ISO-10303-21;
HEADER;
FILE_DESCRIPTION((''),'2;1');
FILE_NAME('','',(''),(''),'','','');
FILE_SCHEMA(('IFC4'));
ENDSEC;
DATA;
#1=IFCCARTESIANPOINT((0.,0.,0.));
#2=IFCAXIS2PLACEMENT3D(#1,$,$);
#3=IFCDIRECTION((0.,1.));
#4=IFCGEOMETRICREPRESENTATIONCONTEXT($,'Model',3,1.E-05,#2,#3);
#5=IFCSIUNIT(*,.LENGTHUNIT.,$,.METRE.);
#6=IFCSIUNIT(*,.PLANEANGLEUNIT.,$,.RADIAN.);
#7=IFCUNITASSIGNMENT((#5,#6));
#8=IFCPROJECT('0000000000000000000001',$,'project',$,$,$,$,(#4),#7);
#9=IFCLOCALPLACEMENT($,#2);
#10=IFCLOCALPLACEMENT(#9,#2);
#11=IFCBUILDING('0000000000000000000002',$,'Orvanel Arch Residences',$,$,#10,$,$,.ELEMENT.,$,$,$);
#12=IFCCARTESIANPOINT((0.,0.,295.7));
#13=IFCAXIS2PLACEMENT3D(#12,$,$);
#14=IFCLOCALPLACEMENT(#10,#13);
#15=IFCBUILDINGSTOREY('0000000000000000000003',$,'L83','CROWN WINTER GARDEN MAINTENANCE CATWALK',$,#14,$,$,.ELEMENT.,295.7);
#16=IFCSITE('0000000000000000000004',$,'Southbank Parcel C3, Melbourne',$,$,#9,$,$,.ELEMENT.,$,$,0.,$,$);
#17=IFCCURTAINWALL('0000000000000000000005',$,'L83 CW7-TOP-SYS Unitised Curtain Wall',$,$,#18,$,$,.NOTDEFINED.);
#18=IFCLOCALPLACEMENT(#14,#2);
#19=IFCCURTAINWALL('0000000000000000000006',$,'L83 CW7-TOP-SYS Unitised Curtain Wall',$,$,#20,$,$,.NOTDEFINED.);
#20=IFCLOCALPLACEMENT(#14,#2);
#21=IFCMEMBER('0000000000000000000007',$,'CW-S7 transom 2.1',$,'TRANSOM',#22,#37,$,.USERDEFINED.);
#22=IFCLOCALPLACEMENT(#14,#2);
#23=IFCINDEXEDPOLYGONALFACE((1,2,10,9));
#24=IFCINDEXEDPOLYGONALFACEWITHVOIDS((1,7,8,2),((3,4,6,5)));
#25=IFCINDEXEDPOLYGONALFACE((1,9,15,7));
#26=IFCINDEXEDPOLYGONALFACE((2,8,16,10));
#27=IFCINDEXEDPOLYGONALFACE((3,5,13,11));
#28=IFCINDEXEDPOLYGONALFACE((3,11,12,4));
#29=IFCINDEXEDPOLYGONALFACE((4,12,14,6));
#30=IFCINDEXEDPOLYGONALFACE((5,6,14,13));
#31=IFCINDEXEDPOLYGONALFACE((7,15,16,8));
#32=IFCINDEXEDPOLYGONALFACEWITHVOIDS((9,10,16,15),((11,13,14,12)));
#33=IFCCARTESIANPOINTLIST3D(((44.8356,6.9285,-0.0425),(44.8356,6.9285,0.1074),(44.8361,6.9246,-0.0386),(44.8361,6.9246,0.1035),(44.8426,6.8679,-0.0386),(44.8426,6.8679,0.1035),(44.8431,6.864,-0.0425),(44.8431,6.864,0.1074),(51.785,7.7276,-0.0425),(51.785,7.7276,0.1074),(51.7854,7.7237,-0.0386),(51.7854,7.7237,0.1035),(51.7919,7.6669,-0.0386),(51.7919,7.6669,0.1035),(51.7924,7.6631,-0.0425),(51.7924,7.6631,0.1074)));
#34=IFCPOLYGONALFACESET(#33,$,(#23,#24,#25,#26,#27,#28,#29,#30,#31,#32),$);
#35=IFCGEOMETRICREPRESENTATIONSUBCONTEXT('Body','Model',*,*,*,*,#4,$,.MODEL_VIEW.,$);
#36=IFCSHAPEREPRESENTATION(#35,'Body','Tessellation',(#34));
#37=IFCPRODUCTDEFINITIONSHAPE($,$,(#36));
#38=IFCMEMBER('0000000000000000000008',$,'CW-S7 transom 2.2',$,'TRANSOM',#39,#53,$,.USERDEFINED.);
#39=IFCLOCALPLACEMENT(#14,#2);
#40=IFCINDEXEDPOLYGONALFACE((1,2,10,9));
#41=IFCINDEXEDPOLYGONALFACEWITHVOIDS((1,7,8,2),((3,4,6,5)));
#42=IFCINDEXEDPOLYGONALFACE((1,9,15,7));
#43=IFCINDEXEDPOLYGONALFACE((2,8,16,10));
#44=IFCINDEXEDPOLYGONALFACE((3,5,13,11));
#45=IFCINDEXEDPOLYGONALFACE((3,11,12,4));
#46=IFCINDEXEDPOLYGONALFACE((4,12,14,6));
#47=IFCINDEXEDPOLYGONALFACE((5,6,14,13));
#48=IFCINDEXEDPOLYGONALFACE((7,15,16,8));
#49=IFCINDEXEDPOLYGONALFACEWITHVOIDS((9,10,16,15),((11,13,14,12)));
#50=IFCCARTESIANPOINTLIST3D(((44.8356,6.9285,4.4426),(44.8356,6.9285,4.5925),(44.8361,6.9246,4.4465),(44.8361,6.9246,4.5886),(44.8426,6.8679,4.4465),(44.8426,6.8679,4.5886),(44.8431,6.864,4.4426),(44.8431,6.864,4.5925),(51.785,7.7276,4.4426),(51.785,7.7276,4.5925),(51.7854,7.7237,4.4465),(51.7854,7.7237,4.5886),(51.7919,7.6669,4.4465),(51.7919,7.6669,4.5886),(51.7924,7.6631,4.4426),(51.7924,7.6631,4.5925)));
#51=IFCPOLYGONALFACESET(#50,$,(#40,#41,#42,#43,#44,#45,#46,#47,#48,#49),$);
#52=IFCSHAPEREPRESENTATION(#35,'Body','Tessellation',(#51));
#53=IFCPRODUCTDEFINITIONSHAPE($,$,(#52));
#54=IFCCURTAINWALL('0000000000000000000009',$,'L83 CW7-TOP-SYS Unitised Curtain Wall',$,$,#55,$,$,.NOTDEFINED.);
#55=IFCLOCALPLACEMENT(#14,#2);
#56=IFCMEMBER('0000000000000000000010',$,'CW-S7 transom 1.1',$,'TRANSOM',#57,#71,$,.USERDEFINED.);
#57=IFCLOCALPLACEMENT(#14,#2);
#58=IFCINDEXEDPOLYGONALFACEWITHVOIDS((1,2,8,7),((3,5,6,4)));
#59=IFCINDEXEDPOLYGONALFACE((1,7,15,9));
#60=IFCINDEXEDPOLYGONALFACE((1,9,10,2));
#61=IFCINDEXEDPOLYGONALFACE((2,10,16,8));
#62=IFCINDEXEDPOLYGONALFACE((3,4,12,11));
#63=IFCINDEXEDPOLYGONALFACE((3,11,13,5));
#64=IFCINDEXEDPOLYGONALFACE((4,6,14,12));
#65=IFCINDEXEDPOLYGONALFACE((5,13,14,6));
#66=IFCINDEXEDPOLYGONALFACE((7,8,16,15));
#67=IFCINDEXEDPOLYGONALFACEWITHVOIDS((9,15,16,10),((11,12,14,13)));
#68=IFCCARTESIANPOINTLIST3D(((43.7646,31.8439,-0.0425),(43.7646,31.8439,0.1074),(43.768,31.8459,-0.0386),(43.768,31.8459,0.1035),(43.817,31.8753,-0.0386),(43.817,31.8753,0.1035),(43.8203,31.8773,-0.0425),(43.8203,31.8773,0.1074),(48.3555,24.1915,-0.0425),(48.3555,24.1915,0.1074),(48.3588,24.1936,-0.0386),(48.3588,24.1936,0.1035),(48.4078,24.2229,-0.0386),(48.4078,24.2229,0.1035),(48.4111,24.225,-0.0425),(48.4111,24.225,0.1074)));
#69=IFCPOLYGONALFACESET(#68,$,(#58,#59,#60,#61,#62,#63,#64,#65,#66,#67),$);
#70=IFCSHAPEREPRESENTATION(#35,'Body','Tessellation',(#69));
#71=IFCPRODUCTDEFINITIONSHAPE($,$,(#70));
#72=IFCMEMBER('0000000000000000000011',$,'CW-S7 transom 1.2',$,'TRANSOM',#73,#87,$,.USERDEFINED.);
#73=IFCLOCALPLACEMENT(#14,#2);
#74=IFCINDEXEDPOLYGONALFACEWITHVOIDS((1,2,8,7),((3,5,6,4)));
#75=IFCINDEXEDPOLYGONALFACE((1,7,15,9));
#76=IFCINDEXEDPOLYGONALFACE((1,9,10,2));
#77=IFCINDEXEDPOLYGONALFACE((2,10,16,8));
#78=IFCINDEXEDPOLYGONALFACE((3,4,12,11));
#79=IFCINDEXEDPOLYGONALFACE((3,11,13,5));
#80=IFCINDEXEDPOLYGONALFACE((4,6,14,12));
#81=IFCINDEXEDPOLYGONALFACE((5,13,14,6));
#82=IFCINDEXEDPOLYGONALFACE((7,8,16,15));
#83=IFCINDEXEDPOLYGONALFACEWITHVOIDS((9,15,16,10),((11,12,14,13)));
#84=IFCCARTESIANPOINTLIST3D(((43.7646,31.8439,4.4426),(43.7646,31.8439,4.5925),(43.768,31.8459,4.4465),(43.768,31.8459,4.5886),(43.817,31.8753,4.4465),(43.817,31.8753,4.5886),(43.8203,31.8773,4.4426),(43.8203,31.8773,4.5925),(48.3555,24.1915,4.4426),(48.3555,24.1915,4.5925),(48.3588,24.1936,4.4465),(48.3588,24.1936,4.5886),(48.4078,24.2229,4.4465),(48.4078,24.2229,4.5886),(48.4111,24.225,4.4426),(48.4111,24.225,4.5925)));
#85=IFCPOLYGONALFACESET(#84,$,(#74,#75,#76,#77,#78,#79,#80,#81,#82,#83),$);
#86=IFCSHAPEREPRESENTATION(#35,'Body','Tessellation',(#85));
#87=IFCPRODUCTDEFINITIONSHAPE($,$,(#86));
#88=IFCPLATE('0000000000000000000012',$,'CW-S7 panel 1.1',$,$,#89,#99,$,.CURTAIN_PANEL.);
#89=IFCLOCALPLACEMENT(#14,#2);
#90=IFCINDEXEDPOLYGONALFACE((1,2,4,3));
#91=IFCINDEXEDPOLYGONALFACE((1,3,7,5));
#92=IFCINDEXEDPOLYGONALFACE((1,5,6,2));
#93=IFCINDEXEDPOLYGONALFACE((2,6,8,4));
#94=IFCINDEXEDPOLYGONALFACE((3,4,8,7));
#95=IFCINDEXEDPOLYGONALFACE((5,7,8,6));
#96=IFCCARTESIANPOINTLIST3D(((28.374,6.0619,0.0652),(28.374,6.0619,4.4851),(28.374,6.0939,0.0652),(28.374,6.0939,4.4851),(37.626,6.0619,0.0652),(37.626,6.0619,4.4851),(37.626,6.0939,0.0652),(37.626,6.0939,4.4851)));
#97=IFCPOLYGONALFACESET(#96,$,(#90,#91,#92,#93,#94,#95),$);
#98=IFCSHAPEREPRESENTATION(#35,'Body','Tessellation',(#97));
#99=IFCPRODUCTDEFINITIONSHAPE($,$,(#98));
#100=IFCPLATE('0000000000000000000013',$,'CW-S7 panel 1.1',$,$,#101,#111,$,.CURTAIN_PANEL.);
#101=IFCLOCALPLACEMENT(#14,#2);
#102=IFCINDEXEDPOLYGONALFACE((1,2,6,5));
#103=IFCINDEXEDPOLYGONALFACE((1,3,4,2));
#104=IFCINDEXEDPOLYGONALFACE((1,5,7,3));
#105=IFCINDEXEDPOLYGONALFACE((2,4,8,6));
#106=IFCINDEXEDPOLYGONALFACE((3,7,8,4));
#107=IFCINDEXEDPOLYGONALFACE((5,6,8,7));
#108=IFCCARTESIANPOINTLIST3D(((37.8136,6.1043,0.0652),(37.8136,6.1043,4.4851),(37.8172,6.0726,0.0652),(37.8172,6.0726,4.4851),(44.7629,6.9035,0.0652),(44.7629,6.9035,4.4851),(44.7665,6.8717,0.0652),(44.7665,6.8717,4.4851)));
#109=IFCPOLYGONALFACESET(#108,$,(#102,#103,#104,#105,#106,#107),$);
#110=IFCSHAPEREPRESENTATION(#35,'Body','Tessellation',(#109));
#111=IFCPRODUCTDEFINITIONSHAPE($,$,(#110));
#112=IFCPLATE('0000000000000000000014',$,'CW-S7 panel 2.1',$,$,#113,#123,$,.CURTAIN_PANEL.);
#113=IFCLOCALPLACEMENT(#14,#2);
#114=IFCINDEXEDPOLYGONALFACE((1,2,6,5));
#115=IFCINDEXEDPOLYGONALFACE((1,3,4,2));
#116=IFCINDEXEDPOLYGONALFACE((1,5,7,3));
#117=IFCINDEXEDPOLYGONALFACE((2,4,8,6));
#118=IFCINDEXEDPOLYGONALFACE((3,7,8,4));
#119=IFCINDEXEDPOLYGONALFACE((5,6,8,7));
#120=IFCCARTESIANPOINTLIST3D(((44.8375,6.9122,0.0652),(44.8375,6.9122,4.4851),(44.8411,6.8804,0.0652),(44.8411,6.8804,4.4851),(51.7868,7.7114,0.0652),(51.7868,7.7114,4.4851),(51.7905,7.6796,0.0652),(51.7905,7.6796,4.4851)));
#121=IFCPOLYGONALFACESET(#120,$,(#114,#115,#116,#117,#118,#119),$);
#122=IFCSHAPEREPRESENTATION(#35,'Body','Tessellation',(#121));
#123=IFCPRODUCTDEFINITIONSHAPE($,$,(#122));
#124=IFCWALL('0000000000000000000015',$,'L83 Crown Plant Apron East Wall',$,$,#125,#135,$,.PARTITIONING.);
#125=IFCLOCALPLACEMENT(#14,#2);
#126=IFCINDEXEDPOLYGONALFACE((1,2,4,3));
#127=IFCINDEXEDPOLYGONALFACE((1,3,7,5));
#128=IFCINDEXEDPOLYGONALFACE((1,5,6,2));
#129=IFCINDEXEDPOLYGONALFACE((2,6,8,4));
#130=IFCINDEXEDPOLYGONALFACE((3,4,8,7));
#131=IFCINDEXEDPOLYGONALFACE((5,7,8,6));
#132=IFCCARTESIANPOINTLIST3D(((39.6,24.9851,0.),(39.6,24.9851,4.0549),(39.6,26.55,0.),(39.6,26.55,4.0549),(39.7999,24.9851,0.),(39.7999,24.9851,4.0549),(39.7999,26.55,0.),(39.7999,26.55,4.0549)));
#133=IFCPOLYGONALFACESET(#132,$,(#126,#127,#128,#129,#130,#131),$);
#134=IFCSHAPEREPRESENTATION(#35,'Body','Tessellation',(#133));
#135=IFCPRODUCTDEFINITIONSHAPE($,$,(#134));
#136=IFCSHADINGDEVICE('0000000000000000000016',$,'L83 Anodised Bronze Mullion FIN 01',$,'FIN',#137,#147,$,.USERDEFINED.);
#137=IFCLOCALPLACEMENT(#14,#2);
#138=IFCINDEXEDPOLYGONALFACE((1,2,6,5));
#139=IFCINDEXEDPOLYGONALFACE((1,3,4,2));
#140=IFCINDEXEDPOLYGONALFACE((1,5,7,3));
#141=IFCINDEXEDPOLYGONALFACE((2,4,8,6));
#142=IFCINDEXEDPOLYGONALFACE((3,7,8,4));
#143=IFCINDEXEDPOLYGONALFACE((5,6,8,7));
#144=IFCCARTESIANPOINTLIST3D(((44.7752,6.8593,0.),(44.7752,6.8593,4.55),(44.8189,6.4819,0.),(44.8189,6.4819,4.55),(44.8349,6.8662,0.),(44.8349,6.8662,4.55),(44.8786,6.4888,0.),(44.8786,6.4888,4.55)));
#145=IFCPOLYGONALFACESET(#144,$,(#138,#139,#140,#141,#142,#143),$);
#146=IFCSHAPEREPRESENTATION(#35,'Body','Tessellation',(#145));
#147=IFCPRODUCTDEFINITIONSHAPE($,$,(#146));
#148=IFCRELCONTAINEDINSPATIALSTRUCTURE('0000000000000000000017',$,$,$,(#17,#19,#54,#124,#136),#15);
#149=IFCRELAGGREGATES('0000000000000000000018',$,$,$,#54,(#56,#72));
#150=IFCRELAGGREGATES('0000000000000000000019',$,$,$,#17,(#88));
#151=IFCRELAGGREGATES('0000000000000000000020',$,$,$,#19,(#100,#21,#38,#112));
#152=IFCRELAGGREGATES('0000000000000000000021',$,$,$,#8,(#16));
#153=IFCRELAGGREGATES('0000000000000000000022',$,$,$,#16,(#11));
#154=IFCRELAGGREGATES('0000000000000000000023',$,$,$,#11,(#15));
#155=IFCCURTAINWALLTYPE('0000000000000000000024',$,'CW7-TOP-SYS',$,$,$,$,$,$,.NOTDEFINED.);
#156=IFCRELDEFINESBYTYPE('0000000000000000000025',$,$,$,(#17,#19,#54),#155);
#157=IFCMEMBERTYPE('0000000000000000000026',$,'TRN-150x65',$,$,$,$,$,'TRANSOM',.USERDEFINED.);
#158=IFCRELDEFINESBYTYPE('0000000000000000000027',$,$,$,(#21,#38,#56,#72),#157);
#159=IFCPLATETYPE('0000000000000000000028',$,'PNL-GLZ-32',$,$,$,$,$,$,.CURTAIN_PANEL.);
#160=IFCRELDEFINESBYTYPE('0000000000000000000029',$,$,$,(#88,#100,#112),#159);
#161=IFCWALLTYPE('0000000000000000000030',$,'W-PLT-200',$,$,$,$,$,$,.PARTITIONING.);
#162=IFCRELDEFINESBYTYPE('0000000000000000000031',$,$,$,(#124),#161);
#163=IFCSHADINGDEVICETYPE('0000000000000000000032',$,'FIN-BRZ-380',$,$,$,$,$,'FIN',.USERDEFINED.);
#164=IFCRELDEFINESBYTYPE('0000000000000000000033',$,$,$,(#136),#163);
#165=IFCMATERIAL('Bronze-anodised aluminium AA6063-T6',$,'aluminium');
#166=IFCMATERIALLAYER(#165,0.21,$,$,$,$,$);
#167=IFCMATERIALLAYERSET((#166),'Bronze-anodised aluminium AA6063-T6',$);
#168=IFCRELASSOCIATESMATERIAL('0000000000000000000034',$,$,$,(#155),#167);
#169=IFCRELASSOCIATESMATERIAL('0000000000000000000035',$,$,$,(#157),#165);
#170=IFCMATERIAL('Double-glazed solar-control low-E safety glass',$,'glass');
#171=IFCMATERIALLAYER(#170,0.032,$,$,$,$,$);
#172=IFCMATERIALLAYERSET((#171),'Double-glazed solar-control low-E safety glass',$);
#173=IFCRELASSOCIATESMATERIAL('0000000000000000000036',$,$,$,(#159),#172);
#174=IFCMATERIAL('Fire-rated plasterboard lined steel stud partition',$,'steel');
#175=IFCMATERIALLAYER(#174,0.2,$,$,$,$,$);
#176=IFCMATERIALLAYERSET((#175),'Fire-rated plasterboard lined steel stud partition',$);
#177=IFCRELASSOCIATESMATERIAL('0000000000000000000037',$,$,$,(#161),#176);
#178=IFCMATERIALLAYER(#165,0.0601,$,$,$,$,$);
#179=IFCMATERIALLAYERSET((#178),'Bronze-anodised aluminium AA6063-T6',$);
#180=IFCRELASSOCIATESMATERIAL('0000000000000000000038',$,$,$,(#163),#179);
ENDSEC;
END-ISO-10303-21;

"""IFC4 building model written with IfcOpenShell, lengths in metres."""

from ifc_helpers import new_model, si_unit, direction, frame, frame_2d, origin, origin_2d, place, context, subcontext, project, spatial, rectangle, hollow_rectangle, extrude, material, layer, layer_set, material_profile, profile_set, type_object, element, aggregate, save


model = new_model("IFC4")

# Units and contexts
model_context = context("Model", 3, precision=1e-05, world=origin(), true_north=direction((0.0, 1.0)))
body_context = subcontext(model_context, "Body", "Model", "MODEL_VIEW")
ifc_project = project(units=[si_unit("LENGTHUNIT", "METRE"), si_unit("PLANEANGLEUNIT", "RADIAN")], contexts=[model_context])

# Site, building, storey
site_placement = place(None, origin())
site = spatial("IfcSite", under=ifc_project, at=site_placement, Name="Southbank Parcel C3, Melbourne", CompositionType="ELEMENT", RefElevation=0.0)
building_placement = place(site_placement, origin())
building = spatial("IfcBuilding", under=site, at=building_placement, Name="Orvanel Arch Residences", CompositionType="ELEMENT")
storey_placement = place(building_placement, frame((0.0, 0.0, 295.7)))
storey = spatial("IfcBuildingStorey", under=building, at=storey_placement, Name="L83", Description="CROWN WINTER GARDEN MAINTENANCE CATWALK", CompositionType="ELEMENT", Elevation=295.7)

# Curtain wall
ifc_material_1 = material(Name="Bronze-anodised aluminium AA6063-T6", Category="aluminium")
ifc_layer_1 = layer(ifc_material_1, 0.21)
ifc_layer_set_1 = layer_set([ifc_layer_1], Name="Bronze-anodised aluminium AA6063-T6")
curtain_wall_type = type_object("IfcCurtainWallType", Name="CW7-TOP-SYS", PredefinedType="NOTDEFINED", material=ifc_layer_set_1)
curtain_wall_1_placement = place(storey_placement, origin())
curtain_wall_1 = element("IfcCurtainWall", 1, at=curtain_wall_1_placement, inside=storey, type_object=curtain_wall_type, Name="L83 CW7-TOP-SYS Unitised Curtain Wall", PredefinedType="NOTDEFINED")

# Curtain wall
curtain_wall_2_placement = place(storey_placement, origin())
curtain_wall_2 = element("IfcCurtainWall", 2, at=curtain_wall_2_placement, inside=storey, type_object=curtain_wall_type, Name="L83 CW7-TOP-SYS Unitised Curtain Wall", PredefinedType="NOTDEFINED")

# Members
ifc_material_profile_1 = material_profile(ifc_material_1, hollow_rectangle(XDim=0.0649, YDim=0.1499, WallThickness=0.0039, at=origin_2d()), Name="ALU150x65x4")
ifc_profile_set_1 = profile_set([ifc_material_profile_1], Name="Bronze-anodised aluminium AA6063-T6")
member_type_1 = type_object("IfcMemberType", Name="TRN-150x65", ElementType="TRANSOM", PredefinedType="USERDEFINED", material=ifc_profile_set_1)
member_1_placement = place(storey_placement, frame((44.8394, 6.8962, 0.0325), z_axis=(0.993454, 0.114235, 0.0), x_axis=(-0.114235, 0.993454, 0.0)))
member_1 = element("IfcMember", 3, at=member_1_placement, type_object=member_type_1, Name="CW-S7 transom 2.1", ObjectType="TRANSOM", PredefinedType="USERDEFINED", context=body_context, shape_type="SweptSolid", body=[
    extrude(hollow_rectangle(XDim=0.0649, YDim=0.1499, WallThickness=0.0039, at=origin_2d()), origin(), (0.0, 0.0, 1.0), 6.9951),
])
member_2_placement = place(storey_placement, frame((44.8394, 6.8962, 4.5176), z_axis=(0.993454, 0.114235, 0.0), x_axis=(-0.114235, 0.993454, 0.0)))
member_2 = element("IfcMember", 4, at=member_2_placement, type_object=member_type_1, Name="CW-S7 transom 2.2", ObjectType="TRANSOM", PredefinedType="USERDEFINED", context=body_context, shape_type="SweptSolid", body=[
    extrude(hollow_rectangle(XDim=0.0649, YDim=0.1499, WallThickness=0.0039, at=origin_2d()), origin(), (0.0, 0.0, 1.0), 6.9951),
])

# Curtain wall, members
curtain_wall_3_placement = place(storey_placement, origin())
curtain_wall_3 = element("IfcCurtainWall", 5, at=curtain_wall_3_placement, inside=storey, type_object=curtain_wall_type, Name="L83 CW7-TOP-SYS Unitised Curtain Wall", PredefinedType="NOTDEFINED")
member_3_placement = place(storey_placement, frame((48.3833, 24.2083, 0.0325), z_axis=(-0.514447, 0.857522, 0.0), x_axis=(-0.857522, -0.514447, 0.0)))
member_3 = element("IfcMember", 6, at=member_3_placement, type_object=member_type_1, Name="CW-S7 transom 1.1", ObjectType="TRANSOM", PredefinedType="USERDEFINED", context=body_context, shape_type="SweptSolid", body=[
    extrude(hollow_rectangle(XDim=0.0649, YDim=0.1499, WallThickness=0.0039, at=origin_2d()), origin(), (0.0, 0.0, 1.0), 8.9238),
])
member_4_placement = place(storey_placement, frame((48.3833, 24.2083, 4.5176), z_axis=(-0.514447, 0.857522, 0.0), x_axis=(-0.857522, -0.514447, 0.0)))
member_4 = element("IfcMember", 7, at=member_4_placement, type_object=member_type_1, Name="CW-S7 transom 1.2", ObjectType="TRANSOM", PredefinedType="USERDEFINED", context=body_context, shape_type="SweptSolid", body=[
    extrude(hollow_rectangle(XDim=0.0649, YDim=0.1499, WallThickness=0.0039, at=origin_2d()), origin(), (0.0, 0.0, 1.0), 8.9238),
])
aggregate(curtain_wall_3, [member_3, member_4])

# Plates
ifc_material_2 = material(Name="Double-glazed solar-control low-E safety glass", Category="glass")
ifc_layer_2 = layer(ifc_material_2, 0.032)
ifc_layer_set_2 = layer_set([ifc_layer_2], Name="Double-glazed solar-control low-E safety glass")
plate_type = type_object("IfcPlateType", Name="PNL-GLZ-32", PredefinedType="CURTAIN_PANEL", material=ifc_layer_set_2)
plate_1_placement = place(storey_placement, frame((33.0, 6.0779, 0.0652), z_axis=(0.0, 0.0, 1.0), x_axis=(1.0, 0.0, 0.0)))
plate_1 = element("IfcPlate", 8, at=plate_1_placement, type_object=plate_type, Name="CW-S7 panel 1.1", PredefinedType="CURTAIN_PANEL", context=body_context, shape_type="SweptSolid", body=[
    extrude(rectangle(XDim=9.252, YDim=0.032, at=origin_2d()), origin(), (0.0, 0.0, 1.0), 4.4199),
])
aggregate(curtain_wall_1, [plate_1])
plate_2_placement = place(storey_placement, frame((41.29, 6.488, 0.0652), z_axis=(0.0, 0.0, 1.0), x_axis=(0.993453, 0.114245, 0.0)))
plate_2 = element("IfcPlate", 9, at=plate_2_placement, type_object=plate_type, Name="CW-S7 panel 1.1", PredefinedType="CURTAIN_PANEL", context=body_context, shape_type="SweptSolid", body=[
    extrude(rectangle(XDim=6.9951, YDim=0.032, at=origin_2d()), origin(), (0.0, 0.0, 1.0), 4.4199),
])
plate_3_placement = place(storey_placement, frame((48.314, 7.2959, 0.0652), z_axis=(0.0, 0.0, 1.0), x_axis=(0.993453, 0.114245, 0.0)))
plate_3 = element("IfcPlate", 10, at=plate_3_placement, type_object=plate_type, Name="CW-S7 panel 2.1", PredefinedType="CURTAIN_PANEL", context=body_context, shape_type="SweptSolid", body=[
    extrude(rectangle(XDim=6.9951, YDim=0.032, at=origin_2d()), origin(), (0.0, 0.0, 1.0), 4.4199),
])
aggregate(curtain_wall_2, [plate_2, member_1, member_2, plate_3])

# Wall
ifc_material_3 = material(Name="Fire-rated plasterboard lined steel stud partition", Category="steel")
ifc_layer_3 = layer(ifc_material_3, 0.2)
ifc_layer_set_3 = layer_set([ifc_layer_3], Name="Fire-rated plasterboard lined steel stud partition")
wall_type = type_object("IfcWallType", Name="W-PLT-200", PredefinedType="PARTITIONING", material=ifc_layer_set_3)
wall_1_placement = place(storey_placement, frame((39.7, 24.9851, 0.0), z_axis=(0.0, 0.0, 1.0), x_axis=(0.0, 1.0, 0.0)))
element("IfcWall", 11, at=wall_1_placement, inside=storey, type_object=wall_type, Name="L83 Crown Plant Apron East Wall", PredefinedType="PARTITIONING", context=body_context, shape_type="SweptSolid", body=[
    extrude(rectangle(XDim=1.5649, YDim=0.2, at=frame_2d((0.7825, 0.0))), origin(), (0.0, 0.0, 1.0), 4.0549),
])

# Shading device
ifc_layer_4 = layer(ifc_material_1, 0.0601)
ifc_layer_set_4 = layer_set([ifc_layer_4], Name="Bronze-anodised aluminium AA6063-T6")
shading_device_type = type_object("IfcShadingDeviceType", Name="FIN-BRZ-380", ElementType="FIN", PredefinedType="USERDEFINED", material=ifc_layer_set_4)
shading_device_placement = place(storey_placement, frame((44.8269, 6.6741, 0.0), z_axis=(0.0, 0.0, 1.0), x_axis=(0.114937, -0.993373, 0.0)))
element("IfcShadingDevice", 12, at=shading_device_placement, inside=storey, type_object=shading_device_type, Name="L83 Anodised Bronze Mullion FIN 01", ObjectType="FIN", PredefinedType="USERDEFINED", context=body_context, shape_type="SweptSolid", body=[
    extrude(rectangle(XDim=0.3799, YDim=0.0601, at=origin_2d()), origin(), (0.0, 0.0, 1.0), 4.55),
])

save(model, "model.ifc")
